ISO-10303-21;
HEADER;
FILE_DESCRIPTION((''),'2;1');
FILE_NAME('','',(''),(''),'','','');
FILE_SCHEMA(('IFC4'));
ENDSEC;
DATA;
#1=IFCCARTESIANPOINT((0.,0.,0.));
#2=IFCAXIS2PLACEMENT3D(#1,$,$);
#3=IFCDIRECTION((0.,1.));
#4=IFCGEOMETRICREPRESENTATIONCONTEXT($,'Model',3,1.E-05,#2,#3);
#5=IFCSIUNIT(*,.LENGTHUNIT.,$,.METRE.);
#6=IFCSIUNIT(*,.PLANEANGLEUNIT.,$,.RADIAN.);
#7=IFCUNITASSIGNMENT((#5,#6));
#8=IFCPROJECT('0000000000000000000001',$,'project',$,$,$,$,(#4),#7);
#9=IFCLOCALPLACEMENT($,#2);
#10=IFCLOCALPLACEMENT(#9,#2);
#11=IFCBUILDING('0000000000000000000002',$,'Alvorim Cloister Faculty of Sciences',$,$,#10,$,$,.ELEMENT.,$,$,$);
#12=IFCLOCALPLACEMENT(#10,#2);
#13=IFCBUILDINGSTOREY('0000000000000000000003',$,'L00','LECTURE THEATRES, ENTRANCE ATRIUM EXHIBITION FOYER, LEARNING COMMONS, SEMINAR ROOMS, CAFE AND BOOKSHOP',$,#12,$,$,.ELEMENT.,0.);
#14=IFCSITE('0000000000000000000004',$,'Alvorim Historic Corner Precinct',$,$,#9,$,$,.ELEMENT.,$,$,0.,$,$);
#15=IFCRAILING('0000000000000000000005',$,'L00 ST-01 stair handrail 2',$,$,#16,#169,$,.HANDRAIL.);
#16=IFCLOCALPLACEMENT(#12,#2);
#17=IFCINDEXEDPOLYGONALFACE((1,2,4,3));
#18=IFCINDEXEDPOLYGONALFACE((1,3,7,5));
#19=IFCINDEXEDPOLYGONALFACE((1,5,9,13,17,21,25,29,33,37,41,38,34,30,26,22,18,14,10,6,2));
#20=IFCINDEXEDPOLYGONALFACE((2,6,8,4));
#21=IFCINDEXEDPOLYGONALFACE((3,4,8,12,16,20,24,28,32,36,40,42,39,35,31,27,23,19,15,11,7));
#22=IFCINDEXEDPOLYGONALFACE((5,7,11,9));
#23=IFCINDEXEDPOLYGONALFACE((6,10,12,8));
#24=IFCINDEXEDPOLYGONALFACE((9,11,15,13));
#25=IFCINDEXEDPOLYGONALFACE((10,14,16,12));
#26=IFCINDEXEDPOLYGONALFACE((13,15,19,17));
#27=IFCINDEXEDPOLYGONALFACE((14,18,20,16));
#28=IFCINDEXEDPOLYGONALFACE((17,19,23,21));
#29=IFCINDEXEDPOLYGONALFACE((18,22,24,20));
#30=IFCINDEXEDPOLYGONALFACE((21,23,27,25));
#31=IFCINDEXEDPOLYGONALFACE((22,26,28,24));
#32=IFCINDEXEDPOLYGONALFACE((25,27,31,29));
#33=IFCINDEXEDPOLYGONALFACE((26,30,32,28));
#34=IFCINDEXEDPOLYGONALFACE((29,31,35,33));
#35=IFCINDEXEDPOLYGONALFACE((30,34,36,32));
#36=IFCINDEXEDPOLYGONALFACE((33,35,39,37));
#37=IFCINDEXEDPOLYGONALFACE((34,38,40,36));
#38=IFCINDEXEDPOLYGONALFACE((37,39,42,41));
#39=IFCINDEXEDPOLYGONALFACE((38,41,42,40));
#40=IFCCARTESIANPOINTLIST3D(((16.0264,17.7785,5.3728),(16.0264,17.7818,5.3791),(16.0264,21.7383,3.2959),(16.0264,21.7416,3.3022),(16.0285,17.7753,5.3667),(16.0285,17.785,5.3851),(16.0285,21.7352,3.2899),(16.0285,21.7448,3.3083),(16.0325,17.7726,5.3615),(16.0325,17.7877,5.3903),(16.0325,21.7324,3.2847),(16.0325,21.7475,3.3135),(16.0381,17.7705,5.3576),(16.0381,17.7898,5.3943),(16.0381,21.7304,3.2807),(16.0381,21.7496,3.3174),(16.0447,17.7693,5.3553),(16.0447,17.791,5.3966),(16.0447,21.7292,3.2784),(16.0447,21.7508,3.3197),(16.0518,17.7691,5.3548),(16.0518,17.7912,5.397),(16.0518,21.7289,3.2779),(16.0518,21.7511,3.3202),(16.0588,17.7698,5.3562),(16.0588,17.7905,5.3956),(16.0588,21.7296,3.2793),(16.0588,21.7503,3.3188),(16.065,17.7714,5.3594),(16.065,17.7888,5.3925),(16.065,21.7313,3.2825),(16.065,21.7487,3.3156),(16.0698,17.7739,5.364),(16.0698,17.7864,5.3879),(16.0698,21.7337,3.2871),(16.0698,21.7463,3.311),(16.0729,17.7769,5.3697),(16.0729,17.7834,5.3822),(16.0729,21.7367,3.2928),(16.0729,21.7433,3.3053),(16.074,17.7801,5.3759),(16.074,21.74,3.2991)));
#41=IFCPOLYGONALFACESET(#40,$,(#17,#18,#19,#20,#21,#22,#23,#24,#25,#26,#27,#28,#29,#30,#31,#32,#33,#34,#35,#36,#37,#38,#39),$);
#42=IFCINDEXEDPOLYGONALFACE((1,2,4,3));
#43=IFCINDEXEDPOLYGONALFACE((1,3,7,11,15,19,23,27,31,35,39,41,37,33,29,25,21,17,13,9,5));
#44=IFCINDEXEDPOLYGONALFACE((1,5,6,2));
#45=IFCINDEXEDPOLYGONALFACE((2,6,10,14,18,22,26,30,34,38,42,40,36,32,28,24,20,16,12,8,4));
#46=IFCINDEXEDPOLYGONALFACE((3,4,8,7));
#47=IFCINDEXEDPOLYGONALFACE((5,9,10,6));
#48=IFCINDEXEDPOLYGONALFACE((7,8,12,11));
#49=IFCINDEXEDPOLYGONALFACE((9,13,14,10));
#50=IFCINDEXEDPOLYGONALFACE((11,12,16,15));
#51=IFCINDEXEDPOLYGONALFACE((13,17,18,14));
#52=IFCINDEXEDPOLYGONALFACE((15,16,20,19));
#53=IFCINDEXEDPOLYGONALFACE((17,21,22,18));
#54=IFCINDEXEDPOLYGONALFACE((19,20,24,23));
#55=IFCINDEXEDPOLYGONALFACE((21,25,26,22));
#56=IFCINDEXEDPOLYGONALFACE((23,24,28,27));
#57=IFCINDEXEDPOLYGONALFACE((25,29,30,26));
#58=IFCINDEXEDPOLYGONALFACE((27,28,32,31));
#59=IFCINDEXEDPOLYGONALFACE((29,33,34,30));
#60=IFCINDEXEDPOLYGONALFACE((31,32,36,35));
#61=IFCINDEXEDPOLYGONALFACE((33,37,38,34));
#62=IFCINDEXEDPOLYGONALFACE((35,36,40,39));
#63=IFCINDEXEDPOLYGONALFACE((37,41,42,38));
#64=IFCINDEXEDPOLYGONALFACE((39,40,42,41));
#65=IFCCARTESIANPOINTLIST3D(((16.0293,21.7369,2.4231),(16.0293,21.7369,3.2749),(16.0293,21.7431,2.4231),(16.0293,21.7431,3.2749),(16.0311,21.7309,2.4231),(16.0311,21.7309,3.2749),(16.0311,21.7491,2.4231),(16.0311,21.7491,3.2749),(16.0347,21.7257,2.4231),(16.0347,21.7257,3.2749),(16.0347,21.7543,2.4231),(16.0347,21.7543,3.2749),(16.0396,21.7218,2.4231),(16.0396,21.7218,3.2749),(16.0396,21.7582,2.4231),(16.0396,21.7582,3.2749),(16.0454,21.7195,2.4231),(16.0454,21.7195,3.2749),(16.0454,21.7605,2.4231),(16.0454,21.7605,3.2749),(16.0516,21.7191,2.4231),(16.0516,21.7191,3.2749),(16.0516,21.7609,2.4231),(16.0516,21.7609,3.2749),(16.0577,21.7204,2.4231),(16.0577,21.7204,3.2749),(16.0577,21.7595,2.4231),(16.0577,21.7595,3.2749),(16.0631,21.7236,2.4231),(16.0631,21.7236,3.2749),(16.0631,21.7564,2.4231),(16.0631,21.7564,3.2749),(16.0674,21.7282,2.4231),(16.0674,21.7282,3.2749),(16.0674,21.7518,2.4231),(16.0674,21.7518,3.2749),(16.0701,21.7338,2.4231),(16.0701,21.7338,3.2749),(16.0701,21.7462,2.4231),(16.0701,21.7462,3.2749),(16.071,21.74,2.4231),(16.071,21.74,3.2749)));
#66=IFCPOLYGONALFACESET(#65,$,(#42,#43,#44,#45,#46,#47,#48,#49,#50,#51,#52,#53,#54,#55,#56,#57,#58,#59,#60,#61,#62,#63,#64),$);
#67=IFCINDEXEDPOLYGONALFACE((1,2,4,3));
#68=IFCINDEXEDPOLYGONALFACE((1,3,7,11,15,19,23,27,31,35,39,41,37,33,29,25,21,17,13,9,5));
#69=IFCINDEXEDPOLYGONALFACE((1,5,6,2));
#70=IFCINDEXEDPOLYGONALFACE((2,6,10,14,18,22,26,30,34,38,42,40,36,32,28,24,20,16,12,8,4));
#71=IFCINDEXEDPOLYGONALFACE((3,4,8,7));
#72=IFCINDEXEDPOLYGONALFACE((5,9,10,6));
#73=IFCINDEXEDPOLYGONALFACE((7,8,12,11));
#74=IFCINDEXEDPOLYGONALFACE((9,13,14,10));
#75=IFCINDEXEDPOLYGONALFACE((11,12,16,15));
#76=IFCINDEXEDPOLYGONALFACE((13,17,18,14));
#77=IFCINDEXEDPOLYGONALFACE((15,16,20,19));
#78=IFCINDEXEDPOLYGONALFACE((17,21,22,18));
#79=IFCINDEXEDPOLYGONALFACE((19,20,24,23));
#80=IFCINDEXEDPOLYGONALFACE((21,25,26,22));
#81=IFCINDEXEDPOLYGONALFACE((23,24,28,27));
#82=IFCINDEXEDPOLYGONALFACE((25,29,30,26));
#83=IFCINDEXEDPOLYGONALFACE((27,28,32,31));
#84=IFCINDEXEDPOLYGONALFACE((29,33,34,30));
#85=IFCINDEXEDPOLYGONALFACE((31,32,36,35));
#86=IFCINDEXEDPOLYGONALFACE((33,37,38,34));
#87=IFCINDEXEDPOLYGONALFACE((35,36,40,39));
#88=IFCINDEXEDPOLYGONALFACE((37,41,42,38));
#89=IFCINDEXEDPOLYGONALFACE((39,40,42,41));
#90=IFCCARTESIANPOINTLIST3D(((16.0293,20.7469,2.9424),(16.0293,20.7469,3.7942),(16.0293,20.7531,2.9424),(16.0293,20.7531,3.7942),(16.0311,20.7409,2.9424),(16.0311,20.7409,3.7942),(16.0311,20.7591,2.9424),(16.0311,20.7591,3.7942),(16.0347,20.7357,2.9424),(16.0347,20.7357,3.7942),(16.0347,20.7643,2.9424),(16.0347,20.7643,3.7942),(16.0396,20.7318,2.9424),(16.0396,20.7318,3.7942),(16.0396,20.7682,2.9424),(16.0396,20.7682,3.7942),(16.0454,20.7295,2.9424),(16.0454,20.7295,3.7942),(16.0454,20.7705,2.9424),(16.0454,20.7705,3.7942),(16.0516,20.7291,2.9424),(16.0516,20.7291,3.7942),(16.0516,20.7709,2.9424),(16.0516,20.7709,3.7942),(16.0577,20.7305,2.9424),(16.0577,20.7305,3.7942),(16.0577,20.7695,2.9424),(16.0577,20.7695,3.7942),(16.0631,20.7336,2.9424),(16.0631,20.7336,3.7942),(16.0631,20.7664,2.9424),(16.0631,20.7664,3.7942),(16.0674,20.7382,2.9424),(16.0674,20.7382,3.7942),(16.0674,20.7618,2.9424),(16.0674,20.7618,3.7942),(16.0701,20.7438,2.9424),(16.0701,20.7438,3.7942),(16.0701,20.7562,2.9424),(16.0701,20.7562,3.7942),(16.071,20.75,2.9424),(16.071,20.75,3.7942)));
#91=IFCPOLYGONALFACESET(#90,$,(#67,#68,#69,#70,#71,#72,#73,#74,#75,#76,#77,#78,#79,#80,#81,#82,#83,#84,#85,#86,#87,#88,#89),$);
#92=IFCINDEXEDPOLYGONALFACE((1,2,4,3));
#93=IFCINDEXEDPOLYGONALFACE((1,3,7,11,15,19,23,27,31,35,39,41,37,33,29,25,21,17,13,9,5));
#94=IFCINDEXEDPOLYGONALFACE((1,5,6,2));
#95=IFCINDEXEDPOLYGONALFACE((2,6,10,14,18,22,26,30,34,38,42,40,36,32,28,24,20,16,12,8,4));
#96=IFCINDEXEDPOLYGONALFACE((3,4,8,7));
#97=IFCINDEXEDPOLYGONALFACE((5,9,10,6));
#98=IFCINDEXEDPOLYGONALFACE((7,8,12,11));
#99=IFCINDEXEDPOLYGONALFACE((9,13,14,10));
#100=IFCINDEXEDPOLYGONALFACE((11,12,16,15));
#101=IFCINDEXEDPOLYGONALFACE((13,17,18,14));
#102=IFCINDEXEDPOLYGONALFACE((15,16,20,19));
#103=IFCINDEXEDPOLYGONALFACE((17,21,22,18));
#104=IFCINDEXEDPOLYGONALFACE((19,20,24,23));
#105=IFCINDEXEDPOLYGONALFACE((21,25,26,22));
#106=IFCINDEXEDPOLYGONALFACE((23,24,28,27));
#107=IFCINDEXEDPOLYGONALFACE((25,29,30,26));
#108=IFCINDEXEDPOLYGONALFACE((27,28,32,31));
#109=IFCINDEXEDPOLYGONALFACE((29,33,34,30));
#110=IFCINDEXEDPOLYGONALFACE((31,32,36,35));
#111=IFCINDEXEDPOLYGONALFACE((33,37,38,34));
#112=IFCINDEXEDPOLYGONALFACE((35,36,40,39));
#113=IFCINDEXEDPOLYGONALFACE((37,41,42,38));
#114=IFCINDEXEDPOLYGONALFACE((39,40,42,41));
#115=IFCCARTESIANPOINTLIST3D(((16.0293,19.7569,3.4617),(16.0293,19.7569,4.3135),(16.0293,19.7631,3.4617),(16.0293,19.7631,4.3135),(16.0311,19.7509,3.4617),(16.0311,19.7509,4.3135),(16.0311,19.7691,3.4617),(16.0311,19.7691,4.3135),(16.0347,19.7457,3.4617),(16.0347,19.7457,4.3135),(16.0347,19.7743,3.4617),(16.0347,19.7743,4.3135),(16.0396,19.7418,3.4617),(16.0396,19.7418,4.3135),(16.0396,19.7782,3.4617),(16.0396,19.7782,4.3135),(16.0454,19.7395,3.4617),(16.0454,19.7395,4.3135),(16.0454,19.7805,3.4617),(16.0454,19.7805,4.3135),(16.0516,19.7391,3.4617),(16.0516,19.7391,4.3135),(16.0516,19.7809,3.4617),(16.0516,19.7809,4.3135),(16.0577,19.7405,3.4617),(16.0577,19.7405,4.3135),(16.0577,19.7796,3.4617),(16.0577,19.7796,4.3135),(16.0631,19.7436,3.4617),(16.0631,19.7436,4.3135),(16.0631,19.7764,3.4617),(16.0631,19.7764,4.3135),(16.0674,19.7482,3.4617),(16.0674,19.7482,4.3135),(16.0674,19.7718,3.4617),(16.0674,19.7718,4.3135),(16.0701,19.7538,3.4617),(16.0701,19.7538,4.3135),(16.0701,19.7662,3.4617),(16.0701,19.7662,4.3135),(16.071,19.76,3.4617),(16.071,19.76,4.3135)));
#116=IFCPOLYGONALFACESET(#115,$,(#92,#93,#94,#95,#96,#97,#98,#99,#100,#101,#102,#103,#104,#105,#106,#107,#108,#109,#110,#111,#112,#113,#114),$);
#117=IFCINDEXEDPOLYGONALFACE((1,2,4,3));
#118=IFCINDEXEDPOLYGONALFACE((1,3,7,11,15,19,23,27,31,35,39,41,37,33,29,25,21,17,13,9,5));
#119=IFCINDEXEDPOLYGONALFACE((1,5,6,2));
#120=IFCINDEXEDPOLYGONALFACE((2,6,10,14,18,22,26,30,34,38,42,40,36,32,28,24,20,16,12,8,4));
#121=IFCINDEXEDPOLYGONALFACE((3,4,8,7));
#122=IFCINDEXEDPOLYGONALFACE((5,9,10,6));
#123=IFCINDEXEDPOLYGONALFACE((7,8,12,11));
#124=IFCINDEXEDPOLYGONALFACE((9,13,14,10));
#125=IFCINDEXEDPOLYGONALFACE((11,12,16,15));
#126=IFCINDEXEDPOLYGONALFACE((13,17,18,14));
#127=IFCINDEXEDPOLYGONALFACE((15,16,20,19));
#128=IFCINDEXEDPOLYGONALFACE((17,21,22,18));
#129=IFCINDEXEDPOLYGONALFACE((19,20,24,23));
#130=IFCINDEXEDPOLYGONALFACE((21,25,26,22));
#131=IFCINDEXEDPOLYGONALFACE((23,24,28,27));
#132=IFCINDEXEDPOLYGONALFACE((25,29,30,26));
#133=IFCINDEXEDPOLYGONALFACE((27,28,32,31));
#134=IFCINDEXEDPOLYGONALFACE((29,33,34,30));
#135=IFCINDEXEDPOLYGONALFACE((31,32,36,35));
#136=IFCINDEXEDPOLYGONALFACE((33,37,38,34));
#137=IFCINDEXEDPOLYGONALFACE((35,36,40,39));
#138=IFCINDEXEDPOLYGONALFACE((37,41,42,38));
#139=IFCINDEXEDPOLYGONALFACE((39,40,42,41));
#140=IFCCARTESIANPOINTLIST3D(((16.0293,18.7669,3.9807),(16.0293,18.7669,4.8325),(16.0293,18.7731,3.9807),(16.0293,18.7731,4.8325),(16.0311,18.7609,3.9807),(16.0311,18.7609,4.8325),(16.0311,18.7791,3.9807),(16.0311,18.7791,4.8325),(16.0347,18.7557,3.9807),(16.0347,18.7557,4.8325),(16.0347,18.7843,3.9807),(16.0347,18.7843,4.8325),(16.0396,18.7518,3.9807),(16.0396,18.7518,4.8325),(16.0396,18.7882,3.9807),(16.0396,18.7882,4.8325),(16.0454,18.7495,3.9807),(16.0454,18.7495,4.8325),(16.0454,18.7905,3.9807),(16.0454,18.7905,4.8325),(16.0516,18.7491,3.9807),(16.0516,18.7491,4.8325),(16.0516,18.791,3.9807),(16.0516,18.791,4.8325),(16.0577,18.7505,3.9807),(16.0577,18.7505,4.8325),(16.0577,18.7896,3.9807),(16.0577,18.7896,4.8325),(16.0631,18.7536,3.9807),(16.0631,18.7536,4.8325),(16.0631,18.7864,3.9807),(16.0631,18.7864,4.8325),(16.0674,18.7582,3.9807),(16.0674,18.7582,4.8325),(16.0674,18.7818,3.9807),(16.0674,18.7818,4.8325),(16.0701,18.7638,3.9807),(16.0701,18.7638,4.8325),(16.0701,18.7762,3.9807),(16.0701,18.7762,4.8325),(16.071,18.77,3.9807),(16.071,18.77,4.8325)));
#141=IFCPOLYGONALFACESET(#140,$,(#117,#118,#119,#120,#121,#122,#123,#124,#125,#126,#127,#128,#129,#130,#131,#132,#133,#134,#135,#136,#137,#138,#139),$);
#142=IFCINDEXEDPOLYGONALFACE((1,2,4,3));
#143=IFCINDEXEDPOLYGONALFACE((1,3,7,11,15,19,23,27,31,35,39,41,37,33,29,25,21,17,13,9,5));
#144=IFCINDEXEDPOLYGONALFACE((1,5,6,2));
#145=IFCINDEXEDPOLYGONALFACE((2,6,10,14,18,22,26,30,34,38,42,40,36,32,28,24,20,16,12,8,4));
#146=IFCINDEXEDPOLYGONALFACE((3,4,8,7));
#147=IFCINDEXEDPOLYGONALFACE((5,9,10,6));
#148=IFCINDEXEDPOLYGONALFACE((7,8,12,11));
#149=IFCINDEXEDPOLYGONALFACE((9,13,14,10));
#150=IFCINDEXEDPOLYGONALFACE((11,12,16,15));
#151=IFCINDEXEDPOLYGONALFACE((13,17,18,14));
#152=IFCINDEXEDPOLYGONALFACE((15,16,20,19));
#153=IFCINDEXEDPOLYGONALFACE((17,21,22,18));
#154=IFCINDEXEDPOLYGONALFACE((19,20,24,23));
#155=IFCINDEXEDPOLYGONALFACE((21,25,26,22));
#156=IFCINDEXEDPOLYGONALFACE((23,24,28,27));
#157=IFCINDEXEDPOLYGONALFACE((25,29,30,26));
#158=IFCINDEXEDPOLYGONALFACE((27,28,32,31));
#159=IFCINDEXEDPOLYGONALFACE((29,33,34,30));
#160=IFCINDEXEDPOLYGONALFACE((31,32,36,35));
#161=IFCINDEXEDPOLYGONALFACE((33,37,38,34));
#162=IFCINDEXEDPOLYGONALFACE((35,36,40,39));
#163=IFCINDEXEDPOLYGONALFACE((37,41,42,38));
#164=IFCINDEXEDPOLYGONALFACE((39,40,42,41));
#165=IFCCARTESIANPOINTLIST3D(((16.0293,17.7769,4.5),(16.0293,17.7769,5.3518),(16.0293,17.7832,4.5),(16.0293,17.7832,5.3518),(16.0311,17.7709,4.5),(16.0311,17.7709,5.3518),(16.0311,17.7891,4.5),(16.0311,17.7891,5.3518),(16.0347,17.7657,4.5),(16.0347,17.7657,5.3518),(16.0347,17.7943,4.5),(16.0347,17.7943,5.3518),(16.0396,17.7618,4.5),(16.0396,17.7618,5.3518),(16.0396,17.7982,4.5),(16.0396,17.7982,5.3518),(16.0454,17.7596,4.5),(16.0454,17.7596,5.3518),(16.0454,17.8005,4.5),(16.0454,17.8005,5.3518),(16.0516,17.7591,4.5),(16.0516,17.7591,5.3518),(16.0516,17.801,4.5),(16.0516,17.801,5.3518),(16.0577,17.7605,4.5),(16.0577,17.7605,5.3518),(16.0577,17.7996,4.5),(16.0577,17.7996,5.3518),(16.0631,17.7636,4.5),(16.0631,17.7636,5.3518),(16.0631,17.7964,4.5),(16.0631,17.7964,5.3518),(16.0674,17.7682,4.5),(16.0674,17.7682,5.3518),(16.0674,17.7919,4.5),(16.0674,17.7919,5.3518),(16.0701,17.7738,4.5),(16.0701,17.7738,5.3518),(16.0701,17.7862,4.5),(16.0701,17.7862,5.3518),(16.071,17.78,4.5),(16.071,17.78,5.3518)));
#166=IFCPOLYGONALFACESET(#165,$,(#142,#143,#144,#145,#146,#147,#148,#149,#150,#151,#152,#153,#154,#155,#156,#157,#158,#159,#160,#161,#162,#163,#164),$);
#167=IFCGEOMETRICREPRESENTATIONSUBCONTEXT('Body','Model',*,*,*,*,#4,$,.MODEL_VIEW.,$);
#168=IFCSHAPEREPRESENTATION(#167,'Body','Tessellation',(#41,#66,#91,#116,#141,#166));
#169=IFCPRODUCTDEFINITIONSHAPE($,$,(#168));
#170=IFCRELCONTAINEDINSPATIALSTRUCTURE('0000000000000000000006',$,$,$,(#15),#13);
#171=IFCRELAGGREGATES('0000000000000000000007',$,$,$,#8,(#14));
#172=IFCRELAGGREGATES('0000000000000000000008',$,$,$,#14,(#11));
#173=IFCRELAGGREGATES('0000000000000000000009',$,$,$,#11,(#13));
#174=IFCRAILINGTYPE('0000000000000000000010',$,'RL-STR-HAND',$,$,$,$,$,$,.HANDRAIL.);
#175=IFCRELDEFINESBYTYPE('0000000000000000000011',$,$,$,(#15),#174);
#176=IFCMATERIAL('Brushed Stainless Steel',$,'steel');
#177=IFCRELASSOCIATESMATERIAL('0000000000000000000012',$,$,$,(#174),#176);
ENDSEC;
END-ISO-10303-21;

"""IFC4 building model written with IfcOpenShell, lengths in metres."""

from ifc_helpers import new_model, si_unit, direction, frame, origin, origin_2d, place, context, subcontext, project, spatial, circle, extrude, material, type_object, element, save


model = new_model("IFC4")

# Units and contexts
model_context = context("Model", 3, precision=1e-05, world=origin(), true_north=direction((0.0, 1.0)))
body_context = subcontext(model_context, "Body", "Model", "MODEL_VIEW")
ifc_project = project(units=[si_unit("LENGTHUNIT", "METRE"), si_unit("PLANEANGLEUNIT", "RADIAN")], contexts=[model_context])

# Site, building, storey
site_placement = place(None, origin())
site = spatial("IfcSite", under=ifc_project, at=site_placement, Name="Alvorim Historic Corner Precinct", CompositionType="ELEMENT", RefElevation=0.0)
building_placement = place(site_placement, origin())
building = spatial("IfcBuilding", under=site, at=building_placement, Name="Alvorim Cloister Faculty of Sciences", CompositionType="ELEMENT")
storey_placement = place(building_placement, origin())
storey = spatial("IfcBuildingStorey", under=building, at=storey_placement, Name="L00", Description="LECTURE THEATRES, ENTRANCE ATRIUM EXHIBITION FOYER, LEARNING COMMONS, SEMINAR ROOMS, CAFE AND BOOKSHOP", CompositionType="ELEMENT", Elevation=0.0)

# Shared definitions
ifc_material_1 = material(Name="Brushed Stainless Steel", Category="steel")

# Railing
railing_type_1 = type_object("IfcRailingType", Name="RL-STR-HAND", PredefinedType="HANDRAIL", material=ifc_material_1)
for number, where, name in (
    (1, (16.05, 21.74, 2.4231), "L00 ST-01 stair handrail 2"),
):
    element("IfcRailing", number, at=place(storey_placement, frame(where)), inside=storey, type_object=railing_type_1, Name=name, PredefinedType="HANDRAIL", context=body_context, shape_type="SweptSolid", body=[
        extrude(circle(Radius=0.0239, at=origin_2d()), frame((0.0, 0.0, 0.876), z_axis=(0.0, -0.885589, 0.46447), x_axis=(1.0, 0.0, 0.0)), (0.0, 0.0, 1.0), 4.4714),
        extrude(circle(Radius=0.021, at=origin_2d()), origin(), (0.0, 0.0, 1.0), 0.8518),
        extrude(circle(Radius=0.021, at=origin_2d()), frame((0.0, -0.99, 0.5193)), (0.0, 0.0, 1.0), 0.8518),
        extrude(circle(Radius=0.021, at=origin_2d()), frame((0.0, -1.98, 1.0386)), (0.0, 0.0, 1.0), 0.8518),
        extrude(circle(Radius=0.021, at=origin_2d()), frame((0.0, -2.97, 1.5576)), (0.0, 0.0, 1.0), 0.8518),
        extrude(circle(Radius=0.021, at=origin_2d()), frame((0.0, -3.96, 2.0769)), (0.0, 0.0, 1.0), 0.8518),
    ])

save(model, "model.ifc")
